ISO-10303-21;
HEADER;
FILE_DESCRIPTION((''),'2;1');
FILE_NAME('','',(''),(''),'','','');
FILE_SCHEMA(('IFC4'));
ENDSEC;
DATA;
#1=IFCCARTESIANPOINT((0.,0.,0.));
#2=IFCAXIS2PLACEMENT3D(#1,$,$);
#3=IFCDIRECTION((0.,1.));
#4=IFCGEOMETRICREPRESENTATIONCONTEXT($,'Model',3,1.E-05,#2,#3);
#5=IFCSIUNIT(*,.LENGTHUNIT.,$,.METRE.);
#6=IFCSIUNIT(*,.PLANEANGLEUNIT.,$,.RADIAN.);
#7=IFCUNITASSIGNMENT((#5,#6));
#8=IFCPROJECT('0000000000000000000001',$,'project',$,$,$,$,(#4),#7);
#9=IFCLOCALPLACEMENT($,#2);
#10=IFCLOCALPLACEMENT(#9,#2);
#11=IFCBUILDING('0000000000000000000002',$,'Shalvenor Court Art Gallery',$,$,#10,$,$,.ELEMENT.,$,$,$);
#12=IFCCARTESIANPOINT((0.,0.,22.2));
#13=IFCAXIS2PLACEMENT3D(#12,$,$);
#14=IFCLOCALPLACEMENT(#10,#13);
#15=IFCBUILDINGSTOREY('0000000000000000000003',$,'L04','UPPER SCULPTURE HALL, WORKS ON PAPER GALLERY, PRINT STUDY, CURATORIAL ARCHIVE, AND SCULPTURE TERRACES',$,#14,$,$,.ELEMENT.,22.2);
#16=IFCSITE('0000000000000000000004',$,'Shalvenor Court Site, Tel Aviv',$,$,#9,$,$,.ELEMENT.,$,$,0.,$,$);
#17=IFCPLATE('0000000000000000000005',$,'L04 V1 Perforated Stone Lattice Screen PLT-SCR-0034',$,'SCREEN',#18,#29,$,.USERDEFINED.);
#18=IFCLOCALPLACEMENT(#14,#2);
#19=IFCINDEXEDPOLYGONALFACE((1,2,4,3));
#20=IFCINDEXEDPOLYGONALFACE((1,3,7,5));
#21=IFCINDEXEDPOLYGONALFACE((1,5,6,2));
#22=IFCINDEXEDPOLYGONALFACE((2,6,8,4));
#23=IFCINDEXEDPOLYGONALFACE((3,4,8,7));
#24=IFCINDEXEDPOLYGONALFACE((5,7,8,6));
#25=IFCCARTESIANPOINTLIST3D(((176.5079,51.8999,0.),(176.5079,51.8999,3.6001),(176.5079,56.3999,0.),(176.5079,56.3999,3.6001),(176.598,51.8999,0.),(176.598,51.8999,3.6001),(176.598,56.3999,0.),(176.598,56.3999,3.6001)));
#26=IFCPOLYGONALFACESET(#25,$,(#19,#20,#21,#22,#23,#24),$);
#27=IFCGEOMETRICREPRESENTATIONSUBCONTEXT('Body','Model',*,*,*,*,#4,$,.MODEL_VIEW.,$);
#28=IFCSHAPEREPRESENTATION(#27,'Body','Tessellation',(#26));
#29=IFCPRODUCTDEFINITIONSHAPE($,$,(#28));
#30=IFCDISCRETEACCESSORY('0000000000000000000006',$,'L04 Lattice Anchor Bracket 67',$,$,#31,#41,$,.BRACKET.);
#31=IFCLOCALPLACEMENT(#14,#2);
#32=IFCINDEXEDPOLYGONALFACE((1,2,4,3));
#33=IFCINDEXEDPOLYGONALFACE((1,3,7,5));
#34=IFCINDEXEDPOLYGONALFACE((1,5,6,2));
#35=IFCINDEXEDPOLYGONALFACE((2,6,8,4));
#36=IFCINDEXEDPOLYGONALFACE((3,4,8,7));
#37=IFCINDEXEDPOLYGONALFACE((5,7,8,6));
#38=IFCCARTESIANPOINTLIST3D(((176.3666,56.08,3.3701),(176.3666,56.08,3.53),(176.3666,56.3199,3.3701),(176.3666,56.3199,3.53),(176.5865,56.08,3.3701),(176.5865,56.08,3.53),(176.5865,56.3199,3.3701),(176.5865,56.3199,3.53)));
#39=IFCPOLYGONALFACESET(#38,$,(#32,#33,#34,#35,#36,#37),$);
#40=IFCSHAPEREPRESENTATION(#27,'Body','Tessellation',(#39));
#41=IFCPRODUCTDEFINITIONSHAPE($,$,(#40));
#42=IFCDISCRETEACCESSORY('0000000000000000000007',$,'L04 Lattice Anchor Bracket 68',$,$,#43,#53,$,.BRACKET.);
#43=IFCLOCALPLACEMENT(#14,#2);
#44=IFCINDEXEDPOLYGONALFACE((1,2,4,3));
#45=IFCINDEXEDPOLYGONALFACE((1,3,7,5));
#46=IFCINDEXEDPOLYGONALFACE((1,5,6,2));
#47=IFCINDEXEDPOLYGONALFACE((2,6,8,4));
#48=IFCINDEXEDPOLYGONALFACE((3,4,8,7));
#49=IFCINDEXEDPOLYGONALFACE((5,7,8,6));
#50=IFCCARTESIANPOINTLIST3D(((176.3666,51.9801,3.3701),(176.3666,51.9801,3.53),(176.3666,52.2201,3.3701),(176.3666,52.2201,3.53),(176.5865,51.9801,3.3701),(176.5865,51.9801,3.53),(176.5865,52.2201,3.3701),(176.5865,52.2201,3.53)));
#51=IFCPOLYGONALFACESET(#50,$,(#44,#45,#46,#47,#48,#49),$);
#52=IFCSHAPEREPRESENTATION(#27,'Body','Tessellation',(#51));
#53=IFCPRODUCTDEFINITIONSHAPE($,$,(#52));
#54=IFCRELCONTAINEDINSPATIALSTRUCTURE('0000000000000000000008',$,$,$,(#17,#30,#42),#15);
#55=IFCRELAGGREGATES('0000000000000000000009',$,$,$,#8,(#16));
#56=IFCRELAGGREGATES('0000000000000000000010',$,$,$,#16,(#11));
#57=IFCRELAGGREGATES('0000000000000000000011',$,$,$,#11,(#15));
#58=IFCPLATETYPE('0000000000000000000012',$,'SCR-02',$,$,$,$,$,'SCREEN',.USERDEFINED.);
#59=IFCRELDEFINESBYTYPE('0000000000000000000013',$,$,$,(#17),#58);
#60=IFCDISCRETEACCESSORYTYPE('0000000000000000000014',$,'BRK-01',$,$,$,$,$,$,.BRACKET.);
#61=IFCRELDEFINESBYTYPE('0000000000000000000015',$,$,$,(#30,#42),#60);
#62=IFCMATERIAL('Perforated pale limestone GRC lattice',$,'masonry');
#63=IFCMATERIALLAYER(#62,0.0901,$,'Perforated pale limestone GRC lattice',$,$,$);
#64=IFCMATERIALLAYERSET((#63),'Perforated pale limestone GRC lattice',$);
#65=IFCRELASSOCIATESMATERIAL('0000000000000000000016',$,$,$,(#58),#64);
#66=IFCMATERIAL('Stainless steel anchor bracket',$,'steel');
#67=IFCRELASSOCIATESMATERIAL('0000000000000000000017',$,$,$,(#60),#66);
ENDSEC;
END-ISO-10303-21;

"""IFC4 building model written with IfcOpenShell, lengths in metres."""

from ifc_helpers import new_model, si_unit, direction, frame, origin, origin_2d, place, context, subcontext, project, spatial, rectangle, extrude, material, layer, layer_set, type_object, element, save


model = new_model("IFC4")

# Units and contexts
model_context = context("Model", 3, precision=1e-05, world=origin(), true_north=direction((0.0, 1.0)))
body_context = subcontext(model_context, "Body", "Model", "MODEL_VIEW")
ifc_project = project(units=[si_unit("LENGTHUNIT", "METRE"), si_unit("PLANEANGLEUNIT", "RADIAN")], contexts=[model_context])

# Site, building, storey
site_placement = place(None, origin())
site = spatial("IfcSite", under=ifc_project, at=site_placement, Name="Shalvenor Court Site, Tel Aviv", CompositionType="ELEMENT", RefElevation=0.0)
building_placement = place(site_placement, origin())
building = spatial("IfcBuilding", under=site, at=building_placement, Name="Shalvenor Court Art Gallery", CompositionType="ELEMENT")
storey_placement = place(building_placement, frame((0.0, 0.0, 22.2)))
storey = spatial("IfcBuildingStorey", under=building, at=storey_placement, Name="L04", Description="UPPER SCULPTURE HALL, WORKS ON PAPER GALLERY, PRINT STUDY, CURATORIAL ARCHIVE, AND SCULPTURE TERRACES", CompositionType="ELEMENT", Elevation=22.2)

# Plate
ifc_material_1 = material(Name="Perforated pale limestone GRC lattice", Category="masonry")
ifc_layer_1 = layer(ifc_material_1, 0.0901, Name="Perforated pale limestone GRC lattice")
ifc_layer_set_1 = layer_set([ifc_layer_1], Name="Perforated pale limestone GRC lattice")
plate_type_1 = type_object("IfcPlateType", Name="SCR-02", ElementType="SCREEN", PredefinedType="USERDEFINED", material=ifc_layer_set_1)
plate_1_placement = place(storey_placement, frame((176.553, 54.1499, 0.0), z_axis=(0.0, 0.0, 1.0), x_axis=(0.0, -1.0, 0.0)))
element("IfcPlate", 1, at=plate_1_placement, inside=storey, type_object=plate_type_1, Name="L04 V1 Perforated Stone Lattice Screen PLT-SCR-0034", ObjectType="SCREEN", PredefinedType="USERDEFINED", context=body_context, shape_type="SweptSolid", body=[
    extrude(rectangle(XDim=4.5, YDim=0.0901, at=origin_2d()), origin(), (0.0, 0.0, 1.0), 3.6001),
])

# Discrete accessories
ifc_material_2 = material(Name="Stainless steel anchor bracket", Category="steel")
discrete_accessory_type = type_object("IfcDiscreteAccessoryType", Name="BRK-01", PredefinedType="BRACKET", material=ifc_material_2)
for number, where, z_axis, x_axis, name in (
    (2, (176.4766, 56.2, 3.3701), (0.0, 0.0, 1.0), (0.0, -1.0, 0.0), "L04 Lattice Anchor Bracket 67"),
    (3, (176.4766, 52.1001, 3.3701), (0.0, 0.0, 1.0), (0.0, -1.0, 0.0), "L04 Lattice Anchor Bracket 68"),
):
    element("IfcDiscreteAccessory", number, at=place(storey_placement, frame(where, z_axis=z_axis, x_axis=x_axis)), inside=storey, type_object=discrete_accessory_type, Name=name, PredefinedType="BRACKET", context=body_context, shape_type="SweptSolid", body=[
        extrude(rectangle(XDim=0.24, YDim=0.22, at=origin_2d()), origin(), (0.0, 0.0, 1.0), 0.1599),
    ])

save(model, "model.ifc")
